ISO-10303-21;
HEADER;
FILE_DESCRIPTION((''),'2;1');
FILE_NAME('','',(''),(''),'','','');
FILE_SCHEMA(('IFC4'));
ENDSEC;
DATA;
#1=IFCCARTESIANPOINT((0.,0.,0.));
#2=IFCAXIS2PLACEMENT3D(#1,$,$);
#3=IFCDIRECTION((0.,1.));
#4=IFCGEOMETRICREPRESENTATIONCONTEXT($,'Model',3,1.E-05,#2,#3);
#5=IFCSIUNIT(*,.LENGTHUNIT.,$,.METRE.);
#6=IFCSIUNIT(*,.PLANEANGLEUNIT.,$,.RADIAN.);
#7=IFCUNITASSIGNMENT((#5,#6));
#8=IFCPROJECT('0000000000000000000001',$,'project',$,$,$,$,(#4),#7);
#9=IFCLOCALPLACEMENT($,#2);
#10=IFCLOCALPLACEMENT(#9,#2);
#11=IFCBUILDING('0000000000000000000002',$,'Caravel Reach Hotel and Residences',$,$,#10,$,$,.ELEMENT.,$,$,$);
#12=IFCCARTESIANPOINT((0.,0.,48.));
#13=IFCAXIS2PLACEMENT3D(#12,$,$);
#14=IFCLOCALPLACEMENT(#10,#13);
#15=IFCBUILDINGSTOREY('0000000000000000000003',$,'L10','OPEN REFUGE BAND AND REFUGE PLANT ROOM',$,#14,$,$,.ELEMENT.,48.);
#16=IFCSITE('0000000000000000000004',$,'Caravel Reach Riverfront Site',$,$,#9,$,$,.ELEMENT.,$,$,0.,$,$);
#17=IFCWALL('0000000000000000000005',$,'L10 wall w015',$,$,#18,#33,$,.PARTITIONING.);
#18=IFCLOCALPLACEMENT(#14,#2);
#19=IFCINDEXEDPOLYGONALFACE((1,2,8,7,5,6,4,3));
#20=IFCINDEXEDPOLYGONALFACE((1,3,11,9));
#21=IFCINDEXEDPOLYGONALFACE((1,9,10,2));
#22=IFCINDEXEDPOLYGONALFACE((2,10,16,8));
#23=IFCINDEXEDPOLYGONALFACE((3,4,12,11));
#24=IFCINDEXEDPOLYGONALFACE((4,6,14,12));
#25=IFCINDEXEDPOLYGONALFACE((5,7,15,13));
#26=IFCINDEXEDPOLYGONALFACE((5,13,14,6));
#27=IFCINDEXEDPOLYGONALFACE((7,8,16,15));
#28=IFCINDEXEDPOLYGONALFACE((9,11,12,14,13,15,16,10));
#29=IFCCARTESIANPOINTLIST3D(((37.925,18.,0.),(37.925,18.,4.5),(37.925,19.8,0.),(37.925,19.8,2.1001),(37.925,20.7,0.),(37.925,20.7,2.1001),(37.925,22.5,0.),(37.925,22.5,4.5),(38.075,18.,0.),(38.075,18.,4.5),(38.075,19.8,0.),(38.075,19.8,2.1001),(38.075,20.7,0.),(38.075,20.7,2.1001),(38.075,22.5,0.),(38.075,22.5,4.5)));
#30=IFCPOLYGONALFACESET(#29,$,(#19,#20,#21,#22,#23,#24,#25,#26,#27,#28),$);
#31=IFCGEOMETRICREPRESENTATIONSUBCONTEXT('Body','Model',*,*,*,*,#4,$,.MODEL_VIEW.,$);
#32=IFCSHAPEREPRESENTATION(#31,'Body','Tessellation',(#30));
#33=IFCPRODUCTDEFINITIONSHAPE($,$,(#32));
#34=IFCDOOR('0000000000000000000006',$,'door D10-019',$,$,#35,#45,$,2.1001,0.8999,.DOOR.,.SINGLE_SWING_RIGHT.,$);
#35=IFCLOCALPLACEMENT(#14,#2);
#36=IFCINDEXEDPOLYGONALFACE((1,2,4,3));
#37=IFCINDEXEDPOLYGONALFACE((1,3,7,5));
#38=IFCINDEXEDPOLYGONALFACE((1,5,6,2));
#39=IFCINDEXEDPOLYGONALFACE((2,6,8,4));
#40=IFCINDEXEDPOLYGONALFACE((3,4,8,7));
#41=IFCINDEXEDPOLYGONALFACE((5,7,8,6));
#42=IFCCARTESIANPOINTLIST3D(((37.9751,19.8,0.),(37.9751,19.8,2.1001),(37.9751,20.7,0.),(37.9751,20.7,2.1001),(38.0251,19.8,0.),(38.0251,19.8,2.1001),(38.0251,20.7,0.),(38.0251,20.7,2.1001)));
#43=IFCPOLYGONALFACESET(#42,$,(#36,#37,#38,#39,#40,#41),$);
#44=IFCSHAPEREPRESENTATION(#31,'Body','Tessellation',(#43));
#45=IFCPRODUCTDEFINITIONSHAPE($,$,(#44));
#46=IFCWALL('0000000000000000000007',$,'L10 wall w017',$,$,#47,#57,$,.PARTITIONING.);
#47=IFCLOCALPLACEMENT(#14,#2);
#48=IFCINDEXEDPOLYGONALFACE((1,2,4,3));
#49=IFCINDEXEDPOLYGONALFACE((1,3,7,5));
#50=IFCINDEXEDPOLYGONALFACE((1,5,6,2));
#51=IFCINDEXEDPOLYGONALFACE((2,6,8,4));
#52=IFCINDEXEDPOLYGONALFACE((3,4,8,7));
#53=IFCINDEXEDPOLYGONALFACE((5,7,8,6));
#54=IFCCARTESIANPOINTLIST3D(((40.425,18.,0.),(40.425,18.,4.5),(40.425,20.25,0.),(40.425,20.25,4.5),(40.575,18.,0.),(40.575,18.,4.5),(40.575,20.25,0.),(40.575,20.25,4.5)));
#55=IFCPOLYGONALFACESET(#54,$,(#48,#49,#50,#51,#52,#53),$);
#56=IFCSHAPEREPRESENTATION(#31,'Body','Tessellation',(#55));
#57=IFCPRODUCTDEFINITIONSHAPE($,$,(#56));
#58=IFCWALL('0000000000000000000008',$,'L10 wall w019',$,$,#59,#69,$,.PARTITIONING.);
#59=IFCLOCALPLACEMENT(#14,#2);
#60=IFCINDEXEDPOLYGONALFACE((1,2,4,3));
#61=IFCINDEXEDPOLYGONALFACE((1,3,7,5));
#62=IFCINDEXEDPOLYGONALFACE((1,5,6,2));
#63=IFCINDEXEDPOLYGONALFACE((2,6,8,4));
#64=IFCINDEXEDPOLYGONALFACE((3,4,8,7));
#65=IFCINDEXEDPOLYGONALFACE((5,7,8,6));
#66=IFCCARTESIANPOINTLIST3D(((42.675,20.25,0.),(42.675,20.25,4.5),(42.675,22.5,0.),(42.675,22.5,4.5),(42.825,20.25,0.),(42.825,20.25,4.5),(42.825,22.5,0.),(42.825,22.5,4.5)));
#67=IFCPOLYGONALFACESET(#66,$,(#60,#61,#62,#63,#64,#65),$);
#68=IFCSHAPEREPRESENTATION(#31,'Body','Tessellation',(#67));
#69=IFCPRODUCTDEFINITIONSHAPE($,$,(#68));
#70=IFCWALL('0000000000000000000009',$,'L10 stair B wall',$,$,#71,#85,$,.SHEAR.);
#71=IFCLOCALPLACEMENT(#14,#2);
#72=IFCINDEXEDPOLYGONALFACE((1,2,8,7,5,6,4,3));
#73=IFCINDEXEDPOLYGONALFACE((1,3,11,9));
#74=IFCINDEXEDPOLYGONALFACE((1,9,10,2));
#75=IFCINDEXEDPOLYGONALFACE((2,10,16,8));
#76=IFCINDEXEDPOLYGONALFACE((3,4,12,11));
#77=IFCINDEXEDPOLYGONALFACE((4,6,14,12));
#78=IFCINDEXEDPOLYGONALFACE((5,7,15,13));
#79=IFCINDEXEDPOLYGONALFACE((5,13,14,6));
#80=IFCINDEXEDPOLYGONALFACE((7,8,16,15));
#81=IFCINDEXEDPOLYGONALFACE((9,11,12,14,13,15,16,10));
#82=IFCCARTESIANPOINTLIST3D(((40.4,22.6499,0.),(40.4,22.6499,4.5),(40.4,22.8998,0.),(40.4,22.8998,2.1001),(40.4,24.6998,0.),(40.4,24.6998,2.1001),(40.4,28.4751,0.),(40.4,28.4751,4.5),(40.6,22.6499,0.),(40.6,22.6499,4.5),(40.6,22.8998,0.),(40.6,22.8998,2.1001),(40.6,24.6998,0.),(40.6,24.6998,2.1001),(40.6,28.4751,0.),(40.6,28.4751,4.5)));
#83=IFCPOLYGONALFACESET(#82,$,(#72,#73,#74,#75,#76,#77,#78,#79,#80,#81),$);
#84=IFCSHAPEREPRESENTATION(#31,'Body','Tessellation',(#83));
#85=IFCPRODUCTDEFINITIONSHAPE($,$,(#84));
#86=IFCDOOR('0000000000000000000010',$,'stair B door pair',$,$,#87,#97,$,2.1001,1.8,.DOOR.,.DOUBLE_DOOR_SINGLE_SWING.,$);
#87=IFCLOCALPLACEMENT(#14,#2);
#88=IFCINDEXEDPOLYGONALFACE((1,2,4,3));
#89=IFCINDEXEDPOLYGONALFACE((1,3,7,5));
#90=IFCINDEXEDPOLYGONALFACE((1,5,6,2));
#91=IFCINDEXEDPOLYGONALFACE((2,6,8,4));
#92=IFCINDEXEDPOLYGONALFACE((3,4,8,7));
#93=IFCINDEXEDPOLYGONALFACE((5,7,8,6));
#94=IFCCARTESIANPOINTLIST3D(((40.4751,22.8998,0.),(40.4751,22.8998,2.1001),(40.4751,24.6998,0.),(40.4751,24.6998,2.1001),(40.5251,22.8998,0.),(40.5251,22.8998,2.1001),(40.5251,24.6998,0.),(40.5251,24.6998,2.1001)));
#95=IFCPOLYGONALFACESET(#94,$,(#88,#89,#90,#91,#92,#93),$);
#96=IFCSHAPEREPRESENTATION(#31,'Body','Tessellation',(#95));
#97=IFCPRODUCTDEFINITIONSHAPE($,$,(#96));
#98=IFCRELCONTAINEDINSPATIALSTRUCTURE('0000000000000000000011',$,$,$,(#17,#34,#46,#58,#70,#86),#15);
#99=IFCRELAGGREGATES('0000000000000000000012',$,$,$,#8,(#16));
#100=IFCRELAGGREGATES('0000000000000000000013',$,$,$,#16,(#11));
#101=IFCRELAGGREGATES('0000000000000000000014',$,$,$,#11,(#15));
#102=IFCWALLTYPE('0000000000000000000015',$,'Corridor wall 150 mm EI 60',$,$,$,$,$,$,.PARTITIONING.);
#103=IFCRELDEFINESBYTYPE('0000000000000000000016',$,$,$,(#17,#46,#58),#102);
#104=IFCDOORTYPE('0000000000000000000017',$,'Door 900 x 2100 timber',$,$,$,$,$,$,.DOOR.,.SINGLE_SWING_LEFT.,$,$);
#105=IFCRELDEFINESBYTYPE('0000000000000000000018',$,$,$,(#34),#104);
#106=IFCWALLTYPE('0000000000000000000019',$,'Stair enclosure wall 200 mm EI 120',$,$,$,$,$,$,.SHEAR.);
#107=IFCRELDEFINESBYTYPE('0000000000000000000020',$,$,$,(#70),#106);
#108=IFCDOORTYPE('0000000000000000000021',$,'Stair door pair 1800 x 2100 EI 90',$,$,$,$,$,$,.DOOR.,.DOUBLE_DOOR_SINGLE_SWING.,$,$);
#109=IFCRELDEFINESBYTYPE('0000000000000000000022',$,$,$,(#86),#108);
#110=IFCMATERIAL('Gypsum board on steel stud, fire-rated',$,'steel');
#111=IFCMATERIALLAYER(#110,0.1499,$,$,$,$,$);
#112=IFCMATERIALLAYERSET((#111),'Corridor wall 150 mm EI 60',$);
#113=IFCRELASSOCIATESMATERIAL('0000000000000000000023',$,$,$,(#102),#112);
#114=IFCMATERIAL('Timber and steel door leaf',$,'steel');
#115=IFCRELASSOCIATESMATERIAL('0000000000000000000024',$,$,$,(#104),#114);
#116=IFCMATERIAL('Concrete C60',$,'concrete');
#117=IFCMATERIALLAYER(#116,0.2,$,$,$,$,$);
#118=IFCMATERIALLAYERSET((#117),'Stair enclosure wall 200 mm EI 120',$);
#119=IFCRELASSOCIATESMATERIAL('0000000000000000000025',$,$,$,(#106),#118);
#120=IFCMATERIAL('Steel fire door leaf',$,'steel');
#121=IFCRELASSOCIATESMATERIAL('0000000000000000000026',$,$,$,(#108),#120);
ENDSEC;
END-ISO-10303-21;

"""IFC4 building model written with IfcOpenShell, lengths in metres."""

from ifc_helpers import new_model, si_unit, direction, frame, frame_2d, origin, place, context, subcontext, project, spatial, rectangle, extrude, material, layer, layer_set, type_object, element, fill, save


model = new_model("IFC4")

# Units and contexts
model_context = context("Model", 3, precision=1e-05, world=origin(), true_north=direction((0.0, 1.0)))
body_context = subcontext(model_context, "Body", "Model", "MODEL_VIEW")
ifc_project = project(units=[si_unit("LENGTHUNIT", "METRE"), si_unit("PLANEANGLEUNIT", "RADIAN")], contexts=[model_context])

# Site, building, storey
site_placement = place(None, origin())
site = spatial("IfcSite", under=ifc_project, at=site_placement, Name="Caravel Reach Riverfront Site", CompositionType="ELEMENT", RefElevation=0.0)
building_placement = place(site_placement, origin())
building = spatial("IfcBuilding", under=site, at=building_placement, Name="Caravel Reach Hotel and Residences", CompositionType="ELEMENT")
storey_placement = place(building_placement, frame((0.0, 0.0, 48.0)))
storey = spatial("IfcBuildingStorey", under=building, at=storey_placement, Name="L10", Description="OPEN REFUGE BAND AND REFUGE PLANT ROOM", CompositionType="ELEMENT", Elevation=48.0)

# Shared definitions
ifc_material_1 = material(Name="Gypsum board on steel stud, fire-rated", Category="steel")
ifc_layer_1 = layer(ifc_material_1, 0.1499)
ifc_layer_set_1 = layer_set([ifc_layer_1], Name="Corridor wall 150 mm EI 60")
wall_type_1 = type_object("IfcWallType", Name="Corridor wall 150 mm EI 60", PredefinedType="PARTITIONING", material=ifc_layer_set_1)

# Wall, opening, door
wall_1_placement = place(storey_placement, frame((38.0, 18.0, 0.0), z_axis=(0.0, 0.0, 1.0), x_axis=(0.0, 1.0, 0.0)))
wall_1 = element("IfcWall", 1, at=wall_1_placement, inside=storey, type_object=wall_type_1, Name="L10 wall w015", PredefinedType="PARTITIONING", context=body_context, shape_type="SweptSolid", body=[
    extrude(rectangle(XDim=4.5, YDim=0.1499, at=frame_2d((2.25, 0.0))), origin(), (0.0, 0.0, 1.0), 4.5),
])
opening_1_placement = place(wall_1_placement, frame((1.8, 0.0, 0.0)))
opening_1 = element("IfcOpeningElement", 2, at=opening_1_placement, cuts=wall_1, PredefinedType="OPENING", context=body_context, shape_type="SweptSolid", body=[
    extrude(rectangle(XDim=0.8999, YDim=2.1001, at=frame_2d((0.45, 1.05))), frame((0.0, 0.085, 0.0), z_axis=(0.0, -1.0, 0.0), x_axis=(1.0, 0.0, 0.0)), (0.0, 0.0, 1.0), 0.1699),
])
ifc_material_2 = material(Name="Timber and steel door leaf", Category="steel")
door_type_1 = type_object("IfcDoorType", Name="Door 900 x 2100 timber", OperationType="SINGLE_SWING_LEFT", PredefinedType="DOOR", material=ifc_material_2)
door_1_placement = place(opening_1_placement, origin())
door_1 = element("IfcDoor", 3, at=door_1_placement, inside=storey, type_object=door_type_1, Name="door D10-019", OperationType="SINGLE_SWING_RIGHT", OverallHeight=2.1001, OverallWidth=0.8999, PredefinedType="DOOR", context=body_context, shape_type="SweptSolid", body=[
    extrude(rectangle(XDim=0.8999, YDim=2.1001, at=frame_2d((0.45, 1.05))), frame((0.0, 0.0249, 0.0), z_axis=(0.0, -1.0, 0.0), x_axis=(1.0, 0.0, 0.0)), (0.0, 0.0, 1.0), 0.05),
])
fill(opening_1, door_1)

# Walls
for number, where, z_axis, x_axis, name in (
    (4, (40.5, 18.0, 0.0), (0.0, 0.0, 1.0), (0.0, 1.0, 0.0), "L10 wall w017"),
    (5, (42.75, 20.25, 0.0), (0.0, 0.0, 1.0), (0.0, 1.0, 0.0), "L10 wall w019"),
):
    element("IfcWall", number, at=place(storey_placement, frame(where, z_axis=z_axis, x_axis=x_axis)), inside=storey, type_object=wall_type_1, Name=name, PredefinedType="PARTITIONING", context=body_context, shape_type="SweptSolid", body=[
        extrude(rectangle(XDim=2.25, YDim=0.1499, at=frame_2d((1.125, 0.0))), origin(), (0.0, 0.0, 1.0), 4.5),
    ])

# Wall, opening, door
ifc_material_3 = material(Name="Concrete C60", Category="concrete")
ifc_layer_2 = layer(ifc_material_3, 0.2)
ifc_layer_set_2 = layer_set([ifc_layer_2], Name="Stair enclosure wall 200 mm EI 120")
wall_type_2 = type_object("IfcWallType", Name="Stair enclosure wall 200 mm EI 120", PredefinedType="SHEAR", material=ifc_layer_set_2)
wall_2_placement = place(storey_placement, frame((40.5, 22.6499, 0.0), z_axis=(0.0, 0.0, 1.0), x_axis=(0.0, 1.0, 0.0)))
wall_2 = element("IfcWall", 6, at=wall_2_placement, inside=storey, type_object=wall_type_2, Name="L10 stair B wall", PredefinedType="SHEAR", context=body_context, shape_type="SweptSolid", body=[
    extrude(rectangle(XDim=5.8252, YDim=0.2, at=frame_2d((2.9126, 0.0))), origin(), (0.0, 0.0, 1.0), 4.5),
])
opening_2_placement = place(wall_2_placement, frame((0.25, 0.0, 0.0)))
opening_2 = element("IfcOpeningElement", 7, at=opening_2_placement, cuts=wall_2, PredefinedType="OPENING", context=body_context, shape_type="SweptSolid", body=[
    extrude(rectangle(XDim=1.8, YDim=2.1001, at=frame_2d((0.8999, 1.05))), frame((0.0, 0.1099, 0.0), z_axis=(0.0, -1.0, 0.0), x_axis=(1.0, 0.0, 0.0)), (0.0, 0.0, 1.0), 0.22),
])
ifc_material_4 = material(Name="Steel fire door leaf", Category="steel")
door_type_2 = type_object("IfcDoorType", Name="Stair door pair 1800 x 2100 EI 90", OperationType="DOUBLE_DOOR_SINGLE_SWING", PredefinedType="DOOR", material=ifc_material_4)
door_2_placement = place(opening_2_placement, origin())
door_2 = element("IfcDoor", 8, at=door_2_placement, inside=storey, type_object=door_type_2, Name="stair B door pair", OperationType="DOUBLE_DOOR_SINGLE_SWING", OverallHeight=2.1001, OverallWidth=1.8, PredefinedType="DOOR", context=body_context, shape_type="SweptSolid", body=[
    extrude(rectangle(XDim=1.8, YDim=2.1001, at=frame_2d((0.8999, 1.05))), frame((0.0, 0.0249, 0.0), z_axis=(0.0, -1.0, 0.0), x_axis=(1.0, 0.0, 0.0)), (0.0, 0.0, 1.0), 0.05),
])
fill(opening_2, door_2)

save(model, "model.ifc")
